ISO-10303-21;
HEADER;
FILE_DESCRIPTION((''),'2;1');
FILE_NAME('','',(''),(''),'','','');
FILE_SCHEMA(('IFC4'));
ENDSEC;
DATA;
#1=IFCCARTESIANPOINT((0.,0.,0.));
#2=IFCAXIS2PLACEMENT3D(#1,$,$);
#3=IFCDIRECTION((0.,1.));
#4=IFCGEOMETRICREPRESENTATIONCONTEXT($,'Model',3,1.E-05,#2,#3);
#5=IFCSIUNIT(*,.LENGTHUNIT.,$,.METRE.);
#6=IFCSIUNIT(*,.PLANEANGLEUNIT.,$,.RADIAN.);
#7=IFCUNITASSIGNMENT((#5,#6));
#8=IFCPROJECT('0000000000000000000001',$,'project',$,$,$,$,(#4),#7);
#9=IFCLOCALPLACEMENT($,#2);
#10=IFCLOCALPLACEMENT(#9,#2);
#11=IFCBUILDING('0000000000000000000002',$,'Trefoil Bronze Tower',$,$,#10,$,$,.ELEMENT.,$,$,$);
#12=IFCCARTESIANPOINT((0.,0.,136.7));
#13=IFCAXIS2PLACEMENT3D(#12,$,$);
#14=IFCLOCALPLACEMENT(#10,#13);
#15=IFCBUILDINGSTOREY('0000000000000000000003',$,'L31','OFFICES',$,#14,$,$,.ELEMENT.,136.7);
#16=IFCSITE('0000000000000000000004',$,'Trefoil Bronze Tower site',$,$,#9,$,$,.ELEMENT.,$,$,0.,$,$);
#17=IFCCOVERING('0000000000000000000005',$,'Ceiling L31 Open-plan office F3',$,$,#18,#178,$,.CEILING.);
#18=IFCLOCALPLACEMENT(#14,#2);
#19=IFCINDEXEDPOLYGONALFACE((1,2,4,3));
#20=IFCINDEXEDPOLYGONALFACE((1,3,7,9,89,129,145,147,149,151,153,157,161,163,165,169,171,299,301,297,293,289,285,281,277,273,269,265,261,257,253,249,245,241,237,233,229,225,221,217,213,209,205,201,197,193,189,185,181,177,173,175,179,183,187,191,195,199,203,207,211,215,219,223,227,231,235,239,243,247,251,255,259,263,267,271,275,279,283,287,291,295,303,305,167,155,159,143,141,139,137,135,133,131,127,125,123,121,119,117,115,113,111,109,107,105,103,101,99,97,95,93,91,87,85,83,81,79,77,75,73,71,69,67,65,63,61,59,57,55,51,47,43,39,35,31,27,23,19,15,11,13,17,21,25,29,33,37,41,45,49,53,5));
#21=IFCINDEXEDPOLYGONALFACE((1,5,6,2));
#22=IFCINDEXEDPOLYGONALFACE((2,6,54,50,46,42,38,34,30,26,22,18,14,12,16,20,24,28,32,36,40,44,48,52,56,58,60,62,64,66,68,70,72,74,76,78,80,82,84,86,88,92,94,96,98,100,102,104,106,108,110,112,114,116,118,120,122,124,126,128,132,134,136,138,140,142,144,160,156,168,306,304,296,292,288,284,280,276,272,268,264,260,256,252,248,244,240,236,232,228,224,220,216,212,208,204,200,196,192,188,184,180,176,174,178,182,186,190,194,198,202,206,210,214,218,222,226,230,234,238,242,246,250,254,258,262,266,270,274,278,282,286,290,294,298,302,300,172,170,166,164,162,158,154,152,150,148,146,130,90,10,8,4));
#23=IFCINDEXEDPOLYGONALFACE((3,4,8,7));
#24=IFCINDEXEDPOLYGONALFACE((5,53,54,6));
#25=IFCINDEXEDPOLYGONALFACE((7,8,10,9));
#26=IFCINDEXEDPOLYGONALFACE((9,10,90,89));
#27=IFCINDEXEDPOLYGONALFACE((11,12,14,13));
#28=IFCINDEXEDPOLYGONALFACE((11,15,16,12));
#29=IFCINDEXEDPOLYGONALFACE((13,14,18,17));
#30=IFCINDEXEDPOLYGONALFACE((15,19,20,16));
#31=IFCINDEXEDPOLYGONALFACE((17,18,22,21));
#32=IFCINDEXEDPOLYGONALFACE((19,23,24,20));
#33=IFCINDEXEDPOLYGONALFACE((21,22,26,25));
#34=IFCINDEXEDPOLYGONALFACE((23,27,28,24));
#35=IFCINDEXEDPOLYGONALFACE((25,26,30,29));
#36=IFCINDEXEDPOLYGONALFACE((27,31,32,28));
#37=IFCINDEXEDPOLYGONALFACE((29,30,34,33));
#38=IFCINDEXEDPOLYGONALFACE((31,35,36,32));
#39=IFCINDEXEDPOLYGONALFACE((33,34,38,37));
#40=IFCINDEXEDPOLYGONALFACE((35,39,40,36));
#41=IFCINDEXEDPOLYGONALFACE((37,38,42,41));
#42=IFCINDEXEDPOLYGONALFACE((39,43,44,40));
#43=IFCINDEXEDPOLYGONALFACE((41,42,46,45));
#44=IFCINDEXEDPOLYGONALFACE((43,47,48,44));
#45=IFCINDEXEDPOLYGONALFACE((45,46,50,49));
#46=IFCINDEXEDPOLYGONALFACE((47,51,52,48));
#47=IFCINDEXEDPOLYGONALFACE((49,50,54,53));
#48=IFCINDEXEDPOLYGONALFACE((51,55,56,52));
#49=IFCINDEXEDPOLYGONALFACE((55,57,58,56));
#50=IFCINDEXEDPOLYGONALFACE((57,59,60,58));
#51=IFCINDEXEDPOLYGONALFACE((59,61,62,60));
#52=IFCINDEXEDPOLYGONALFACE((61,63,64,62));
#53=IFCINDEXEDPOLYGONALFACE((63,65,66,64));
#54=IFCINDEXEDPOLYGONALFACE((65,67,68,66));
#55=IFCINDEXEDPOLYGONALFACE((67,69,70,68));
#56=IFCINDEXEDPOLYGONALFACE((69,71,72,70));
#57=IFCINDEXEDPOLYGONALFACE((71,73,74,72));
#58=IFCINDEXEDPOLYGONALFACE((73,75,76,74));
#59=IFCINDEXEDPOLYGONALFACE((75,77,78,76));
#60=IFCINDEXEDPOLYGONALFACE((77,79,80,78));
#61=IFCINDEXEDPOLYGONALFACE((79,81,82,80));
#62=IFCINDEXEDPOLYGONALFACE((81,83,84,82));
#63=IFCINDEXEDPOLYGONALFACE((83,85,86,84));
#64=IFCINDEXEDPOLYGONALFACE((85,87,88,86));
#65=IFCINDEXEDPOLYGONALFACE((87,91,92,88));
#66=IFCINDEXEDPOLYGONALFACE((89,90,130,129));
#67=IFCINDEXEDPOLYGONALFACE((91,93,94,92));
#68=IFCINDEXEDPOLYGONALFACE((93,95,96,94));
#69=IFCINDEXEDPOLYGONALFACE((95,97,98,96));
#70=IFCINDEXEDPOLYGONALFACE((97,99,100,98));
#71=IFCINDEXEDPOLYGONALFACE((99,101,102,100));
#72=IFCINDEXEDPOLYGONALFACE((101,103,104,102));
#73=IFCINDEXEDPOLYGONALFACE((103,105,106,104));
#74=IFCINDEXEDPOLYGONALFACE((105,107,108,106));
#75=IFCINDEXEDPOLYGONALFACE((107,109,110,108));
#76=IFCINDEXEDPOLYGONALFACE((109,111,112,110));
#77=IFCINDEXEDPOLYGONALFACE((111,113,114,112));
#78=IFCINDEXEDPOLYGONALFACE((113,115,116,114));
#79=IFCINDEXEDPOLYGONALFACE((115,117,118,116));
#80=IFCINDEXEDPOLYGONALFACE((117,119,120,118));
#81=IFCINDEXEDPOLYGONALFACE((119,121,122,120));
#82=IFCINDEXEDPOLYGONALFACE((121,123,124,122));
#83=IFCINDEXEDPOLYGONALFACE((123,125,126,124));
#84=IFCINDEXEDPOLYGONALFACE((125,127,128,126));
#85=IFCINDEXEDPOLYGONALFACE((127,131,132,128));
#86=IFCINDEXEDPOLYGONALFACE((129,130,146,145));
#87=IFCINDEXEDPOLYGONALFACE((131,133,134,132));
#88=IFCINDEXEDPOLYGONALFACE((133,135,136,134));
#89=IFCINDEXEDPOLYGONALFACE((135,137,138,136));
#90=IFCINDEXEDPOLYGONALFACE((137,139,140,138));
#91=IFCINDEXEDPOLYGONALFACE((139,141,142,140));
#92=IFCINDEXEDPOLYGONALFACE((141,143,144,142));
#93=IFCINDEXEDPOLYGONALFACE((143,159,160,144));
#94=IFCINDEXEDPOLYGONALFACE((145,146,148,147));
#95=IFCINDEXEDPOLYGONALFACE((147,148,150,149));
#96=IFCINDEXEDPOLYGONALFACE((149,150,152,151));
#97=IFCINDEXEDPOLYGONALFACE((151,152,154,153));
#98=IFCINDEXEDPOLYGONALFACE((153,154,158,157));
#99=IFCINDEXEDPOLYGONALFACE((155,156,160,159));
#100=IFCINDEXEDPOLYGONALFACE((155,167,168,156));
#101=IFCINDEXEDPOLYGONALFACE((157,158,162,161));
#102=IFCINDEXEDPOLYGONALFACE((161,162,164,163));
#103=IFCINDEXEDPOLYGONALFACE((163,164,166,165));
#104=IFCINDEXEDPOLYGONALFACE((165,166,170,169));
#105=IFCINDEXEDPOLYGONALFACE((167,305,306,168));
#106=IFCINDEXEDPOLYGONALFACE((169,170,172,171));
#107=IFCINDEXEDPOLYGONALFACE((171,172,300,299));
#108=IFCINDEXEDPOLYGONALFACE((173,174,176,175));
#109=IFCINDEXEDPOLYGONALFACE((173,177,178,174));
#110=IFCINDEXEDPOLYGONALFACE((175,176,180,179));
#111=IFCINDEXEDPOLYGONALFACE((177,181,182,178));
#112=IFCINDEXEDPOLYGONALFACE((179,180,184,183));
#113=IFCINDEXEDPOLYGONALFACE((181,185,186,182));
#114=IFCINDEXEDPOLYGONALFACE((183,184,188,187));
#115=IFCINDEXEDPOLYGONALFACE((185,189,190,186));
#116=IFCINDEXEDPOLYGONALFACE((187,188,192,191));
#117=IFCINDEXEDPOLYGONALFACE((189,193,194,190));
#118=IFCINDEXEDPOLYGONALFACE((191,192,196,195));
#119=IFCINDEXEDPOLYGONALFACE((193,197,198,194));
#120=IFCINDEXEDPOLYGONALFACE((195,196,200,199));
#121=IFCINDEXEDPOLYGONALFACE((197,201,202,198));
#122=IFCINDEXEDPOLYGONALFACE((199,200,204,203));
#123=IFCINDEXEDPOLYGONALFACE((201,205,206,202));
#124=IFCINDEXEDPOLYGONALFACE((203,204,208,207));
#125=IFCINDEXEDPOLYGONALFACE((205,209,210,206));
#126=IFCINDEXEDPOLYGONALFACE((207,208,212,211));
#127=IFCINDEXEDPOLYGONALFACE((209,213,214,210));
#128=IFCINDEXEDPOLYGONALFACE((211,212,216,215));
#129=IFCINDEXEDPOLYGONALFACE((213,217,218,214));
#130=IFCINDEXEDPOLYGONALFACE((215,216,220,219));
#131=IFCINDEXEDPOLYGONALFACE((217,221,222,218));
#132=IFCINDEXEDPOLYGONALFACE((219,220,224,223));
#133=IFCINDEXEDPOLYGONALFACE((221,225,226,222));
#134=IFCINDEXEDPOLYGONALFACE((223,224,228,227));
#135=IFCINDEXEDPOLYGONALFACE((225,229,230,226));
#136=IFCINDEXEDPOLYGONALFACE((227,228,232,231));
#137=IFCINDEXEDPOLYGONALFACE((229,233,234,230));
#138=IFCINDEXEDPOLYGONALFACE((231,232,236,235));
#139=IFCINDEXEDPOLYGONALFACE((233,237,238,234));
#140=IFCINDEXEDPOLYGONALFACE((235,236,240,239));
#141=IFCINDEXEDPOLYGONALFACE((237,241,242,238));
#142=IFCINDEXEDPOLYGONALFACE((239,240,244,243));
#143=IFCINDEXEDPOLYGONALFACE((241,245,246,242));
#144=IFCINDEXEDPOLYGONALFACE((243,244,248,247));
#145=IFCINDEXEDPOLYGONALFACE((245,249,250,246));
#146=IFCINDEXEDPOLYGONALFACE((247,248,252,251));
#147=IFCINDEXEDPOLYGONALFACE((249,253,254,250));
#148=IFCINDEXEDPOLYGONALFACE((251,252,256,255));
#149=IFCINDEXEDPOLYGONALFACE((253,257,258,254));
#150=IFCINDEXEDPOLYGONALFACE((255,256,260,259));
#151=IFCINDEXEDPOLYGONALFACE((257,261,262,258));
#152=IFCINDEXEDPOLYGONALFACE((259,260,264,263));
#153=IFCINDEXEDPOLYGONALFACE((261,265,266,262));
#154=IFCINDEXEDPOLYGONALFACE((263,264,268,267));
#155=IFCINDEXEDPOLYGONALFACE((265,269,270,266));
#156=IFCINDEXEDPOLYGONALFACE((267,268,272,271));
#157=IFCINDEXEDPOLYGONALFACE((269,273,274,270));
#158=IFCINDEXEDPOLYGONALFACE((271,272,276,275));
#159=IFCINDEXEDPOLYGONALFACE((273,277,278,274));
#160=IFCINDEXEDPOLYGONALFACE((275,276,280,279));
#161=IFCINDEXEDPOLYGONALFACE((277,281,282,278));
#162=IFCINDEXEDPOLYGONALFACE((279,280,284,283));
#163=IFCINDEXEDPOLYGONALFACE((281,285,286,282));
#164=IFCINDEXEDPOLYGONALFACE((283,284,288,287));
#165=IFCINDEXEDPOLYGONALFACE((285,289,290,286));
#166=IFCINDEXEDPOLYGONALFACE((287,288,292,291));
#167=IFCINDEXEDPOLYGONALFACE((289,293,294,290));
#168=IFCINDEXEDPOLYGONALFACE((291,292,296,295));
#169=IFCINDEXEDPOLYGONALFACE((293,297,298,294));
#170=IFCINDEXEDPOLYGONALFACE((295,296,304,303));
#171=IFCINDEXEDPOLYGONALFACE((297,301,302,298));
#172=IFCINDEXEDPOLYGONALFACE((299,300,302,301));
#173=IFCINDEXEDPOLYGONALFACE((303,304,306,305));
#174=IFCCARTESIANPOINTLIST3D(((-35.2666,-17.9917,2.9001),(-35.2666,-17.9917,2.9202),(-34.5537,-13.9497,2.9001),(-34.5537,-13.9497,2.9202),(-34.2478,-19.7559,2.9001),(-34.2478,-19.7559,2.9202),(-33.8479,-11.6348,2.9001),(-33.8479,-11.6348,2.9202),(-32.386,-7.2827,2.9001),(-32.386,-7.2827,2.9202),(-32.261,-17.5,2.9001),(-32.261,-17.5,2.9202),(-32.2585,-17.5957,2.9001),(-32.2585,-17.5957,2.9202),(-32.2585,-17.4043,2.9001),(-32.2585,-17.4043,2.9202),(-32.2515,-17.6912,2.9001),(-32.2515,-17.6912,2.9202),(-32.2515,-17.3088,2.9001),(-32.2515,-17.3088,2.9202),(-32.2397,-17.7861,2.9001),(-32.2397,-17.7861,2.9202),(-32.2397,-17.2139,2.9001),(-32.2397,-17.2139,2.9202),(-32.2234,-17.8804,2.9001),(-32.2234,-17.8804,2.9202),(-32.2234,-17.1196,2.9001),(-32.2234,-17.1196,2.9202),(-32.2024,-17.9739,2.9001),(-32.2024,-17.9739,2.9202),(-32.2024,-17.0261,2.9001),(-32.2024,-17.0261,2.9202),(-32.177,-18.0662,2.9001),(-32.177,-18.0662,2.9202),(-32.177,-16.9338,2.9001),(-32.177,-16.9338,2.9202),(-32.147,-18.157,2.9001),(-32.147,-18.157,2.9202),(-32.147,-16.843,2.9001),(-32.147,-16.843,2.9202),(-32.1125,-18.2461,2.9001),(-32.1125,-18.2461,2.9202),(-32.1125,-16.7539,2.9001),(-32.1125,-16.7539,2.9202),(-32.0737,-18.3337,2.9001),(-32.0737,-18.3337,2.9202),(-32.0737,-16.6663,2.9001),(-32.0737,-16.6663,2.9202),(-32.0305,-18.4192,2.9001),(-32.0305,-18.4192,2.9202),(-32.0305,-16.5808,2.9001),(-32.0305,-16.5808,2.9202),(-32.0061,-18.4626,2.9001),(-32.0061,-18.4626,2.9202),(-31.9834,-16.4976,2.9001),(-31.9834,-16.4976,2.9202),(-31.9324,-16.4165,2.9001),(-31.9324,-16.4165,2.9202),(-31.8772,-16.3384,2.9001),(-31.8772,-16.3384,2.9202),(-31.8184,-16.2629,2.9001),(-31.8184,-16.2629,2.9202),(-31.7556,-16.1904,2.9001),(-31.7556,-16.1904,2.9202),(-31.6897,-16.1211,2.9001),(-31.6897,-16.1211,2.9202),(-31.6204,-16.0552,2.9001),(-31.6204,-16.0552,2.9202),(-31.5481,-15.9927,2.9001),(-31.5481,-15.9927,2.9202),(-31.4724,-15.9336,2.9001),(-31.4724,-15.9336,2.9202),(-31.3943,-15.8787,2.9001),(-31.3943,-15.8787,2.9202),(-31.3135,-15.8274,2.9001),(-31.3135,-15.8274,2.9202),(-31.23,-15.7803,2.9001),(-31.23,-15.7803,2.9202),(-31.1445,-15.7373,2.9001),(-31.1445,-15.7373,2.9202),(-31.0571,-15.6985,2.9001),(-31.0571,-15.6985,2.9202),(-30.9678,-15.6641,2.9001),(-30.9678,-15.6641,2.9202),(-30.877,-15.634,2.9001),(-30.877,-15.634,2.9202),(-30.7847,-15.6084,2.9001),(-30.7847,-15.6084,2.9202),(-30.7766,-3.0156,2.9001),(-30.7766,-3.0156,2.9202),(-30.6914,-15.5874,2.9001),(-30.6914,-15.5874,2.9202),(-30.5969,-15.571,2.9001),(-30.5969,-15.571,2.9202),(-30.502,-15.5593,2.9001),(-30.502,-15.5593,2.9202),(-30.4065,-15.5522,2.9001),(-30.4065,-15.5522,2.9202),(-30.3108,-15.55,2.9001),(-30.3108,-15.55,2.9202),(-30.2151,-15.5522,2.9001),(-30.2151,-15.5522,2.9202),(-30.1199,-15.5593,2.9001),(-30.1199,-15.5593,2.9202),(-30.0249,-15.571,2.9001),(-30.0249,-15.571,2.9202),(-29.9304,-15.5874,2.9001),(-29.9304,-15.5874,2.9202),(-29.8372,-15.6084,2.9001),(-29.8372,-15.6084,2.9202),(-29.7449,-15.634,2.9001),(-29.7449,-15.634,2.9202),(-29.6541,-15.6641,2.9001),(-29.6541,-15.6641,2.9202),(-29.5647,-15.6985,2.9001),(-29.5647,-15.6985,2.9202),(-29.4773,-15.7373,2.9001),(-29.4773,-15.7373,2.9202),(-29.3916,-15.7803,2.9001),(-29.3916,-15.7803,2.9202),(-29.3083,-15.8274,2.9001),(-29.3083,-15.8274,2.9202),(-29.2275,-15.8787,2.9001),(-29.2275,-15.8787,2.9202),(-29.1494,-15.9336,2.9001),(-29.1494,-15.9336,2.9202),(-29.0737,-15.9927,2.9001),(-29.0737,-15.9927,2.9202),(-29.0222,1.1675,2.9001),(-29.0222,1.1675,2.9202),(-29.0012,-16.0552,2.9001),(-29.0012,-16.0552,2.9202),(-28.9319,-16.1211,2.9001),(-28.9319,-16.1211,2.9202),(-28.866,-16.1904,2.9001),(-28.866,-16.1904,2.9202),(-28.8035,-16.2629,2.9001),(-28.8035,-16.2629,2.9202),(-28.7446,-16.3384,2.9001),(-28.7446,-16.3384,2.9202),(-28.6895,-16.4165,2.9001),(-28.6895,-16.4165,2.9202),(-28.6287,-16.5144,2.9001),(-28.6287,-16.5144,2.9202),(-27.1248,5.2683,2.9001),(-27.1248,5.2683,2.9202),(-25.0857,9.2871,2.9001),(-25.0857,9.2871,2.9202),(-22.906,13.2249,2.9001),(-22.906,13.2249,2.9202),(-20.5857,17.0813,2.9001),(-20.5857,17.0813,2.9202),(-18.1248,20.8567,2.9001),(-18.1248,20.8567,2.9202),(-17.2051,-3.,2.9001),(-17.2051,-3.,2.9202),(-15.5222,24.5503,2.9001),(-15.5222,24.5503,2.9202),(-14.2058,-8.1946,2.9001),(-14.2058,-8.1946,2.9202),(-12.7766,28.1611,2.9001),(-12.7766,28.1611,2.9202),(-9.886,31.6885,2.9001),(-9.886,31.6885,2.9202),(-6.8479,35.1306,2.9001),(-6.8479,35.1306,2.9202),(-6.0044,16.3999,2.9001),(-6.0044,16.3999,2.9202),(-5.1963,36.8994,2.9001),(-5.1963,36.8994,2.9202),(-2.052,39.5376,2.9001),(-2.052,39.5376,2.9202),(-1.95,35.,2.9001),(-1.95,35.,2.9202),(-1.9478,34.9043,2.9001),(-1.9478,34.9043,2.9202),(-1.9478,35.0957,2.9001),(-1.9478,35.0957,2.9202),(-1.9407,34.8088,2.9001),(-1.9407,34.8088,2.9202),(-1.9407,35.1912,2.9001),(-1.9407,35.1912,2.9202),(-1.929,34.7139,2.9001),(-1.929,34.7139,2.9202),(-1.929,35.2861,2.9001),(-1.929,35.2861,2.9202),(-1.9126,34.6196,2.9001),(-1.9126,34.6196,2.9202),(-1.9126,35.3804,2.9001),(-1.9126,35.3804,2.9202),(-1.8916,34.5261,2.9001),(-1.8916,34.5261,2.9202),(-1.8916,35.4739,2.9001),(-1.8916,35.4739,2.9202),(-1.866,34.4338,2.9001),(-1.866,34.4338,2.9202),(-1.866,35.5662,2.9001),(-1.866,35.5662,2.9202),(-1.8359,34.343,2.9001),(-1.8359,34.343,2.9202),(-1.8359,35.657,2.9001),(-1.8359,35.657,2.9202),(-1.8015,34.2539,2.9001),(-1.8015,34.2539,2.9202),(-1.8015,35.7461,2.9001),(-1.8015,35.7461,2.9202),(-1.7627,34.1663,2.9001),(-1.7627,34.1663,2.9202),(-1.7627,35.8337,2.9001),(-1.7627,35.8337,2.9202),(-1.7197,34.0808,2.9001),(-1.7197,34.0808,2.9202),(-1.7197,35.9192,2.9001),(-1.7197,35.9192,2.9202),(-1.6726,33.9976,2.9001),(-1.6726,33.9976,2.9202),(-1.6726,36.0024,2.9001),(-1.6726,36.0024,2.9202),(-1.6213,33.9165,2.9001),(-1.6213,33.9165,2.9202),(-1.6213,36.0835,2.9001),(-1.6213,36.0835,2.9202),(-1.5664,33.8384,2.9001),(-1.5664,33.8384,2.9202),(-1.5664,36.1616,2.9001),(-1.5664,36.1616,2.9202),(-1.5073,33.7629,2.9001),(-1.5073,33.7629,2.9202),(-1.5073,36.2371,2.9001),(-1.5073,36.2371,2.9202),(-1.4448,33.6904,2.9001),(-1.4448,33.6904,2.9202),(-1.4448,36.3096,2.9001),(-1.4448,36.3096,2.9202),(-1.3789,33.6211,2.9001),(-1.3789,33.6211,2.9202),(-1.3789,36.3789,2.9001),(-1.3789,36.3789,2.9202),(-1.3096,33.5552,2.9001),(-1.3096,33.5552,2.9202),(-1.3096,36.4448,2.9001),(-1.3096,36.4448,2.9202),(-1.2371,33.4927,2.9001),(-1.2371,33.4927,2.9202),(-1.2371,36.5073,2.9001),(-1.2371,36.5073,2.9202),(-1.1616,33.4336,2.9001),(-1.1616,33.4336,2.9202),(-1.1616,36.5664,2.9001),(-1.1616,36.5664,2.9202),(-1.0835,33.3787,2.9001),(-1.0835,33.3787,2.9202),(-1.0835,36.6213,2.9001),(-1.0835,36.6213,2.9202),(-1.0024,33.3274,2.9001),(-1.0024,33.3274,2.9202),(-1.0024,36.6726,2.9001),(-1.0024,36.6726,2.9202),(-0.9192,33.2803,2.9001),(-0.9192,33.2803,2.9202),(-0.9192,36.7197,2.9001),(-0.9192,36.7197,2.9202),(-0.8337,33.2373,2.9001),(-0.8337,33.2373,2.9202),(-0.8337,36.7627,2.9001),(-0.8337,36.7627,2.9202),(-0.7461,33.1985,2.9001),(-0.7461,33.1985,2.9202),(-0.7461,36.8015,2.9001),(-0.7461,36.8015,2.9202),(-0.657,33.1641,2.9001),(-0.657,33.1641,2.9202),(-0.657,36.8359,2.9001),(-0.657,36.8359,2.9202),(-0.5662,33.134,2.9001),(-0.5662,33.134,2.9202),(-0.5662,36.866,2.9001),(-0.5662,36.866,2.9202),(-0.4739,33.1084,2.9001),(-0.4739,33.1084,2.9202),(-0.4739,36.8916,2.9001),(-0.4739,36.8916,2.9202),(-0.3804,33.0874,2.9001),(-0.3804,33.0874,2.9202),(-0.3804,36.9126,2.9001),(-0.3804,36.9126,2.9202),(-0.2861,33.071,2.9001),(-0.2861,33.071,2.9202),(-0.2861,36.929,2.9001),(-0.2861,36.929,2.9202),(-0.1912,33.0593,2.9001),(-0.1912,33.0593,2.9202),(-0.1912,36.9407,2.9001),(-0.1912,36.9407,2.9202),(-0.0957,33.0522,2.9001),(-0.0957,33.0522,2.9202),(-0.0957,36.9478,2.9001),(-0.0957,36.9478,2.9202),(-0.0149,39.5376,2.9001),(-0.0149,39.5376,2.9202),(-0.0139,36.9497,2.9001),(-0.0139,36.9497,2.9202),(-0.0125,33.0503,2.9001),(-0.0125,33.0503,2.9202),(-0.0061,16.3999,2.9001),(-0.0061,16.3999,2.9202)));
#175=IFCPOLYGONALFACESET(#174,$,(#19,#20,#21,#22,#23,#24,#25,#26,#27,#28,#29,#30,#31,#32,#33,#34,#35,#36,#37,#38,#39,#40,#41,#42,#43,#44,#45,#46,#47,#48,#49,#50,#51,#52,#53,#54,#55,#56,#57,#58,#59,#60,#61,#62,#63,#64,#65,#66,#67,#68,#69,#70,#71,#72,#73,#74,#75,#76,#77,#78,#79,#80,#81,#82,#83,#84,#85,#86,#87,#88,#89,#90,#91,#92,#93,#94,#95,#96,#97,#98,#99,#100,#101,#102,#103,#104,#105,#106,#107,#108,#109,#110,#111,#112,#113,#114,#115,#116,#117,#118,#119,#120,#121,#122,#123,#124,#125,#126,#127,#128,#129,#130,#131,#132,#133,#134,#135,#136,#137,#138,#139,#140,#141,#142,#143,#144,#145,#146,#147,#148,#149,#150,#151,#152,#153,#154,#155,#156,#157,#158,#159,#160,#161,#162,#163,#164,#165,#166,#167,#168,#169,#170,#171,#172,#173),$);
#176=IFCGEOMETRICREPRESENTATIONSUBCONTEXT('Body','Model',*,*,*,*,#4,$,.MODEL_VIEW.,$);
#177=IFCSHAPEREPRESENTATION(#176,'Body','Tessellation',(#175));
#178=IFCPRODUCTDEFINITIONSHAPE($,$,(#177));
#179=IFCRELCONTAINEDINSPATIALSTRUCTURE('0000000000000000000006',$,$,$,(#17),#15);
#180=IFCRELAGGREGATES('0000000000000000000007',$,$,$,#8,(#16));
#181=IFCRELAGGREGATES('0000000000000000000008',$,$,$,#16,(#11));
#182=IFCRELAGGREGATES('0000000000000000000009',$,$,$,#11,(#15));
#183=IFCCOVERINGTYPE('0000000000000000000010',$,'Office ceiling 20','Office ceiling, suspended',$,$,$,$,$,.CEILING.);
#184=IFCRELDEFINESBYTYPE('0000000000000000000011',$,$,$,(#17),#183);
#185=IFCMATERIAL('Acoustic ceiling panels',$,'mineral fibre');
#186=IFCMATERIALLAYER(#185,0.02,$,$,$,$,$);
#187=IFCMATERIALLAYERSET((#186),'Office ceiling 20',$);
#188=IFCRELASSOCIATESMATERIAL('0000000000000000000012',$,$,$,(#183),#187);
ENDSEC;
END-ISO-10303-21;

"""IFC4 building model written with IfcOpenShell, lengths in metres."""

from ifc_helpers import new_model, si_unit, direction, frame, origin, place, context, subcontext, project, spatial, polyline, outline, extrude, material, layer, layer_set, type_object, element, save


model = new_model("IFC4")

# Units and contexts
model_context = context("Model", 3, precision=1e-05, world=origin(), true_north=direction((0.0, 1.0)))
body_context = subcontext(model_context, "Body", "Model", "MODEL_VIEW")
ifc_project = project(units=[si_unit("LENGTHUNIT", "METRE"), si_unit("PLANEANGLEUNIT", "RADIAN")], contexts=[model_context])

# Site, building, storey
site_placement = place(None, origin())
site = spatial("IfcSite", under=ifc_project, at=site_placement, Name="Trefoil Bronze Tower site", CompositionType="ELEMENT", RefElevation=0.0)
building_placement = place(site_placement, origin())
building = spatial("IfcBuilding", under=site, at=building_placement, Name="Trefoil Bronze Tower", CompositionType="ELEMENT")
storey_placement = place(building_placement, frame((0.0, 0.0, 136.7)))
storey = spatial("IfcBuildingStorey", under=building, at=storey_placement, Name="L31", Description="OFFICES", CompositionType="ELEMENT", Elevation=136.7)

# Covering
ifc_material_1 = material(Name="Acoustic ceiling panels", Category="mineral fibre")
ifc_layer_1 = layer(ifc_material_1, 0.02)
ifc_layer_set_1 = layer_set([ifc_layer_1], Name="Office ceiling 20")
covering_type_1 = type_object("IfcCoveringType", Name="Office ceiling 20", Description="Office ceiling, suspended", PredefinedType="CEILING", material=ifc_layer_set_1)
covering_1_placement = place(storey_placement, frame((0.0, 0.0, 2.9001)))
element("IfcCovering", 1, at=covering_1_placement, inside=storey, type_object=covering_type_1, Name="Ceiling L31 Open-plan office F3", PredefinedType="CEILING", context=body_context, shape_type="SweptSolid", body=[
    extrude(outline(polyline([(-33.8479, -11.6348), (-32.386, -7.2827), (-30.7766, -3.0156), (-29.0222, 1.1675), (-27.1248, 5.2683), (-25.0857, 9.2871), (-22.906, 13.2249), (-20.5857, 17.0813), (-18.1248, 20.8567), (-15.5222, 24.5503), (-12.7766, 28.1611), (-9.886, 31.6885), (-6.8479, 35.1306), (-5.1963, 36.8994), (-2.052, 39.5376), (-0.0149, 39.5376), (-0.0139, 36.9497), (-0.0957, 36.9478), (-0.1912, 36.9407), (-0.2861, 36.929), (-0.3804, 36.9126), (-0.4739, 36.8916), (-0.5662, 36.866), (-0.657, 36.8359), (-0.7461, 36.8015), (-0.8337, 36.7627), (-0.9192, 36.7197), (-1.0024, 36.6726), (-1.0835, 36.6213), (-1.1616, 36.5664), (-1.2371, 36.5073), (-1.3096, 36.4448), (-1.3789, 36.3789), (-1.4448, 36.3096), (-1.5073, 36.2371), (-1.5664, 36.1616), (-1.6213, 36.0835), (-1.6726, 36.0024), (-1.7197, 35.9192), (-1.7627, 35.8337), (-1.8015, 35.7461), (-1.8359, 35.657), (-1.866, 35.5662), (-1.8916, 35.4739), (-1.9126, 35.3804), (-1.929, 35.2861), (-1.9407, 35.1912), (-1.9478, 35.0957), (-1.95, 35.0), (-1.9478, 34.9043), (-1.9407, 34.8088), (-1.929, 34.7139), (-1.9126, 34.6196), (-1.8916, 34.5261), (-1.866, 34.4338), (-1.8359, 34.343), (-1.8015, 34.2539), (-1.7627, 34.1663), (-1.7197, 34.0808), (-1.6726, 33.9976), (-1.6213, 33.9165), (-1.5664, 33.8384), (-1.5073, 33.7629), (-1.4448, 33.6904), (-1.3789, 33.6211), (-1.3096, 33.5552), (-1.2371, 33.4927), (-1.1616, 33.4336), (-1.0835, 33.3787), (-1.0024, 33.3274), (-0.9192, 33.2803), (-0.8337, 33.2373), (-0.7461, 33.1985), (-0.657, 33.1641), (-0.5662, 33.134), (-0.4739, 33.1084), (-0.3804, 33.0874), (-0.2861, 33.071), (-0.1912, 33.0593), (-0.0957, 33.0522), (-0.0125, 33.0503), (-0.0061, 16.3999), (-6.0044, 16.3999), (-17.2051, -3.0), (-14.2058, -8.1946), (-28.6287, -16.5144), (-28.6895, -16.4165), (-28.7446, -16.3384), (-28.8035, -16.2629), (-28.866, -16.1904), (-28.9319, -16.1211), (-29.0012, -16.0552), (-29.0737, -15.9927), (-29.1494, -15.9336), (-29.2275, -15.8787), (-29.3083, -15.8274), (-29.3916, -15.7803), (-29.4773, -15.7373), (-29.5647, -15.6985), (-29.6541, -15.6641), (-29.7449, -15.634), (-29.8372, -15.6084), (-29.9304, -15.5874), (-30.0249, -15.571), (-30.1199, -15.5593), (-30.2151, -15.5522), (-30.3108, -15.55), (-30.4065, -15.5522), (-30.502, -15.5593), (-30.5969, -15.571), (-30.6914, -15.5874), (-30.7847, -15.6084), (-30.877, -15.634), (-30.9678, -15.6641), (-31.0571, -15.6985), (-31.1445, -15.7373), (-31.23, -15.7803), (-31.3135, -15.8274), (-31.3943, -15.8787), (-31.4724, -15.9336), (-31.5481, -15.9927), (-31.6204, -16.0552), (-31.6897, -16.1211), (-31.7556, -16.1904), (-31.8184, -16.2629), (-31.8772, -16.3384), (-31.9324, -16.4165), (-31.9834, -16.4976), (-32.0305, -16.5808), (-32.0737, -16.6663), (-32.1125, -16.7539), (-32.147, -16.843), (-32.177, -16.9338), (-32.2024, -17.0261), (-32.2234, -17.1196), (-32.2397, -17.2139), (-32.2515, -17.3088), (-32.2585, -17.4043), (-32.261, -17.5), (-32.2585, -17.5957), (-32.2515, -17.6912), (-32.2397, -17.7861), (-32.2234, -17.8804), (-32.2024, -17.9739), (-32.177, -18.0662), (-32.147, -18.157), (-32.1125, -18.2461), (-32.0737, -18.3337), (-32.0305, -18.4192), (-32.0061, -18.4626), (-34.2478, -19.7559), (-35.2666, -17.9917), (-34.5537, -13.9497), (-33.8479, -11.6348)])), origin(), (0.0, 0.0, 1.0), 0.02),
])

save(model, "model.ifc")
